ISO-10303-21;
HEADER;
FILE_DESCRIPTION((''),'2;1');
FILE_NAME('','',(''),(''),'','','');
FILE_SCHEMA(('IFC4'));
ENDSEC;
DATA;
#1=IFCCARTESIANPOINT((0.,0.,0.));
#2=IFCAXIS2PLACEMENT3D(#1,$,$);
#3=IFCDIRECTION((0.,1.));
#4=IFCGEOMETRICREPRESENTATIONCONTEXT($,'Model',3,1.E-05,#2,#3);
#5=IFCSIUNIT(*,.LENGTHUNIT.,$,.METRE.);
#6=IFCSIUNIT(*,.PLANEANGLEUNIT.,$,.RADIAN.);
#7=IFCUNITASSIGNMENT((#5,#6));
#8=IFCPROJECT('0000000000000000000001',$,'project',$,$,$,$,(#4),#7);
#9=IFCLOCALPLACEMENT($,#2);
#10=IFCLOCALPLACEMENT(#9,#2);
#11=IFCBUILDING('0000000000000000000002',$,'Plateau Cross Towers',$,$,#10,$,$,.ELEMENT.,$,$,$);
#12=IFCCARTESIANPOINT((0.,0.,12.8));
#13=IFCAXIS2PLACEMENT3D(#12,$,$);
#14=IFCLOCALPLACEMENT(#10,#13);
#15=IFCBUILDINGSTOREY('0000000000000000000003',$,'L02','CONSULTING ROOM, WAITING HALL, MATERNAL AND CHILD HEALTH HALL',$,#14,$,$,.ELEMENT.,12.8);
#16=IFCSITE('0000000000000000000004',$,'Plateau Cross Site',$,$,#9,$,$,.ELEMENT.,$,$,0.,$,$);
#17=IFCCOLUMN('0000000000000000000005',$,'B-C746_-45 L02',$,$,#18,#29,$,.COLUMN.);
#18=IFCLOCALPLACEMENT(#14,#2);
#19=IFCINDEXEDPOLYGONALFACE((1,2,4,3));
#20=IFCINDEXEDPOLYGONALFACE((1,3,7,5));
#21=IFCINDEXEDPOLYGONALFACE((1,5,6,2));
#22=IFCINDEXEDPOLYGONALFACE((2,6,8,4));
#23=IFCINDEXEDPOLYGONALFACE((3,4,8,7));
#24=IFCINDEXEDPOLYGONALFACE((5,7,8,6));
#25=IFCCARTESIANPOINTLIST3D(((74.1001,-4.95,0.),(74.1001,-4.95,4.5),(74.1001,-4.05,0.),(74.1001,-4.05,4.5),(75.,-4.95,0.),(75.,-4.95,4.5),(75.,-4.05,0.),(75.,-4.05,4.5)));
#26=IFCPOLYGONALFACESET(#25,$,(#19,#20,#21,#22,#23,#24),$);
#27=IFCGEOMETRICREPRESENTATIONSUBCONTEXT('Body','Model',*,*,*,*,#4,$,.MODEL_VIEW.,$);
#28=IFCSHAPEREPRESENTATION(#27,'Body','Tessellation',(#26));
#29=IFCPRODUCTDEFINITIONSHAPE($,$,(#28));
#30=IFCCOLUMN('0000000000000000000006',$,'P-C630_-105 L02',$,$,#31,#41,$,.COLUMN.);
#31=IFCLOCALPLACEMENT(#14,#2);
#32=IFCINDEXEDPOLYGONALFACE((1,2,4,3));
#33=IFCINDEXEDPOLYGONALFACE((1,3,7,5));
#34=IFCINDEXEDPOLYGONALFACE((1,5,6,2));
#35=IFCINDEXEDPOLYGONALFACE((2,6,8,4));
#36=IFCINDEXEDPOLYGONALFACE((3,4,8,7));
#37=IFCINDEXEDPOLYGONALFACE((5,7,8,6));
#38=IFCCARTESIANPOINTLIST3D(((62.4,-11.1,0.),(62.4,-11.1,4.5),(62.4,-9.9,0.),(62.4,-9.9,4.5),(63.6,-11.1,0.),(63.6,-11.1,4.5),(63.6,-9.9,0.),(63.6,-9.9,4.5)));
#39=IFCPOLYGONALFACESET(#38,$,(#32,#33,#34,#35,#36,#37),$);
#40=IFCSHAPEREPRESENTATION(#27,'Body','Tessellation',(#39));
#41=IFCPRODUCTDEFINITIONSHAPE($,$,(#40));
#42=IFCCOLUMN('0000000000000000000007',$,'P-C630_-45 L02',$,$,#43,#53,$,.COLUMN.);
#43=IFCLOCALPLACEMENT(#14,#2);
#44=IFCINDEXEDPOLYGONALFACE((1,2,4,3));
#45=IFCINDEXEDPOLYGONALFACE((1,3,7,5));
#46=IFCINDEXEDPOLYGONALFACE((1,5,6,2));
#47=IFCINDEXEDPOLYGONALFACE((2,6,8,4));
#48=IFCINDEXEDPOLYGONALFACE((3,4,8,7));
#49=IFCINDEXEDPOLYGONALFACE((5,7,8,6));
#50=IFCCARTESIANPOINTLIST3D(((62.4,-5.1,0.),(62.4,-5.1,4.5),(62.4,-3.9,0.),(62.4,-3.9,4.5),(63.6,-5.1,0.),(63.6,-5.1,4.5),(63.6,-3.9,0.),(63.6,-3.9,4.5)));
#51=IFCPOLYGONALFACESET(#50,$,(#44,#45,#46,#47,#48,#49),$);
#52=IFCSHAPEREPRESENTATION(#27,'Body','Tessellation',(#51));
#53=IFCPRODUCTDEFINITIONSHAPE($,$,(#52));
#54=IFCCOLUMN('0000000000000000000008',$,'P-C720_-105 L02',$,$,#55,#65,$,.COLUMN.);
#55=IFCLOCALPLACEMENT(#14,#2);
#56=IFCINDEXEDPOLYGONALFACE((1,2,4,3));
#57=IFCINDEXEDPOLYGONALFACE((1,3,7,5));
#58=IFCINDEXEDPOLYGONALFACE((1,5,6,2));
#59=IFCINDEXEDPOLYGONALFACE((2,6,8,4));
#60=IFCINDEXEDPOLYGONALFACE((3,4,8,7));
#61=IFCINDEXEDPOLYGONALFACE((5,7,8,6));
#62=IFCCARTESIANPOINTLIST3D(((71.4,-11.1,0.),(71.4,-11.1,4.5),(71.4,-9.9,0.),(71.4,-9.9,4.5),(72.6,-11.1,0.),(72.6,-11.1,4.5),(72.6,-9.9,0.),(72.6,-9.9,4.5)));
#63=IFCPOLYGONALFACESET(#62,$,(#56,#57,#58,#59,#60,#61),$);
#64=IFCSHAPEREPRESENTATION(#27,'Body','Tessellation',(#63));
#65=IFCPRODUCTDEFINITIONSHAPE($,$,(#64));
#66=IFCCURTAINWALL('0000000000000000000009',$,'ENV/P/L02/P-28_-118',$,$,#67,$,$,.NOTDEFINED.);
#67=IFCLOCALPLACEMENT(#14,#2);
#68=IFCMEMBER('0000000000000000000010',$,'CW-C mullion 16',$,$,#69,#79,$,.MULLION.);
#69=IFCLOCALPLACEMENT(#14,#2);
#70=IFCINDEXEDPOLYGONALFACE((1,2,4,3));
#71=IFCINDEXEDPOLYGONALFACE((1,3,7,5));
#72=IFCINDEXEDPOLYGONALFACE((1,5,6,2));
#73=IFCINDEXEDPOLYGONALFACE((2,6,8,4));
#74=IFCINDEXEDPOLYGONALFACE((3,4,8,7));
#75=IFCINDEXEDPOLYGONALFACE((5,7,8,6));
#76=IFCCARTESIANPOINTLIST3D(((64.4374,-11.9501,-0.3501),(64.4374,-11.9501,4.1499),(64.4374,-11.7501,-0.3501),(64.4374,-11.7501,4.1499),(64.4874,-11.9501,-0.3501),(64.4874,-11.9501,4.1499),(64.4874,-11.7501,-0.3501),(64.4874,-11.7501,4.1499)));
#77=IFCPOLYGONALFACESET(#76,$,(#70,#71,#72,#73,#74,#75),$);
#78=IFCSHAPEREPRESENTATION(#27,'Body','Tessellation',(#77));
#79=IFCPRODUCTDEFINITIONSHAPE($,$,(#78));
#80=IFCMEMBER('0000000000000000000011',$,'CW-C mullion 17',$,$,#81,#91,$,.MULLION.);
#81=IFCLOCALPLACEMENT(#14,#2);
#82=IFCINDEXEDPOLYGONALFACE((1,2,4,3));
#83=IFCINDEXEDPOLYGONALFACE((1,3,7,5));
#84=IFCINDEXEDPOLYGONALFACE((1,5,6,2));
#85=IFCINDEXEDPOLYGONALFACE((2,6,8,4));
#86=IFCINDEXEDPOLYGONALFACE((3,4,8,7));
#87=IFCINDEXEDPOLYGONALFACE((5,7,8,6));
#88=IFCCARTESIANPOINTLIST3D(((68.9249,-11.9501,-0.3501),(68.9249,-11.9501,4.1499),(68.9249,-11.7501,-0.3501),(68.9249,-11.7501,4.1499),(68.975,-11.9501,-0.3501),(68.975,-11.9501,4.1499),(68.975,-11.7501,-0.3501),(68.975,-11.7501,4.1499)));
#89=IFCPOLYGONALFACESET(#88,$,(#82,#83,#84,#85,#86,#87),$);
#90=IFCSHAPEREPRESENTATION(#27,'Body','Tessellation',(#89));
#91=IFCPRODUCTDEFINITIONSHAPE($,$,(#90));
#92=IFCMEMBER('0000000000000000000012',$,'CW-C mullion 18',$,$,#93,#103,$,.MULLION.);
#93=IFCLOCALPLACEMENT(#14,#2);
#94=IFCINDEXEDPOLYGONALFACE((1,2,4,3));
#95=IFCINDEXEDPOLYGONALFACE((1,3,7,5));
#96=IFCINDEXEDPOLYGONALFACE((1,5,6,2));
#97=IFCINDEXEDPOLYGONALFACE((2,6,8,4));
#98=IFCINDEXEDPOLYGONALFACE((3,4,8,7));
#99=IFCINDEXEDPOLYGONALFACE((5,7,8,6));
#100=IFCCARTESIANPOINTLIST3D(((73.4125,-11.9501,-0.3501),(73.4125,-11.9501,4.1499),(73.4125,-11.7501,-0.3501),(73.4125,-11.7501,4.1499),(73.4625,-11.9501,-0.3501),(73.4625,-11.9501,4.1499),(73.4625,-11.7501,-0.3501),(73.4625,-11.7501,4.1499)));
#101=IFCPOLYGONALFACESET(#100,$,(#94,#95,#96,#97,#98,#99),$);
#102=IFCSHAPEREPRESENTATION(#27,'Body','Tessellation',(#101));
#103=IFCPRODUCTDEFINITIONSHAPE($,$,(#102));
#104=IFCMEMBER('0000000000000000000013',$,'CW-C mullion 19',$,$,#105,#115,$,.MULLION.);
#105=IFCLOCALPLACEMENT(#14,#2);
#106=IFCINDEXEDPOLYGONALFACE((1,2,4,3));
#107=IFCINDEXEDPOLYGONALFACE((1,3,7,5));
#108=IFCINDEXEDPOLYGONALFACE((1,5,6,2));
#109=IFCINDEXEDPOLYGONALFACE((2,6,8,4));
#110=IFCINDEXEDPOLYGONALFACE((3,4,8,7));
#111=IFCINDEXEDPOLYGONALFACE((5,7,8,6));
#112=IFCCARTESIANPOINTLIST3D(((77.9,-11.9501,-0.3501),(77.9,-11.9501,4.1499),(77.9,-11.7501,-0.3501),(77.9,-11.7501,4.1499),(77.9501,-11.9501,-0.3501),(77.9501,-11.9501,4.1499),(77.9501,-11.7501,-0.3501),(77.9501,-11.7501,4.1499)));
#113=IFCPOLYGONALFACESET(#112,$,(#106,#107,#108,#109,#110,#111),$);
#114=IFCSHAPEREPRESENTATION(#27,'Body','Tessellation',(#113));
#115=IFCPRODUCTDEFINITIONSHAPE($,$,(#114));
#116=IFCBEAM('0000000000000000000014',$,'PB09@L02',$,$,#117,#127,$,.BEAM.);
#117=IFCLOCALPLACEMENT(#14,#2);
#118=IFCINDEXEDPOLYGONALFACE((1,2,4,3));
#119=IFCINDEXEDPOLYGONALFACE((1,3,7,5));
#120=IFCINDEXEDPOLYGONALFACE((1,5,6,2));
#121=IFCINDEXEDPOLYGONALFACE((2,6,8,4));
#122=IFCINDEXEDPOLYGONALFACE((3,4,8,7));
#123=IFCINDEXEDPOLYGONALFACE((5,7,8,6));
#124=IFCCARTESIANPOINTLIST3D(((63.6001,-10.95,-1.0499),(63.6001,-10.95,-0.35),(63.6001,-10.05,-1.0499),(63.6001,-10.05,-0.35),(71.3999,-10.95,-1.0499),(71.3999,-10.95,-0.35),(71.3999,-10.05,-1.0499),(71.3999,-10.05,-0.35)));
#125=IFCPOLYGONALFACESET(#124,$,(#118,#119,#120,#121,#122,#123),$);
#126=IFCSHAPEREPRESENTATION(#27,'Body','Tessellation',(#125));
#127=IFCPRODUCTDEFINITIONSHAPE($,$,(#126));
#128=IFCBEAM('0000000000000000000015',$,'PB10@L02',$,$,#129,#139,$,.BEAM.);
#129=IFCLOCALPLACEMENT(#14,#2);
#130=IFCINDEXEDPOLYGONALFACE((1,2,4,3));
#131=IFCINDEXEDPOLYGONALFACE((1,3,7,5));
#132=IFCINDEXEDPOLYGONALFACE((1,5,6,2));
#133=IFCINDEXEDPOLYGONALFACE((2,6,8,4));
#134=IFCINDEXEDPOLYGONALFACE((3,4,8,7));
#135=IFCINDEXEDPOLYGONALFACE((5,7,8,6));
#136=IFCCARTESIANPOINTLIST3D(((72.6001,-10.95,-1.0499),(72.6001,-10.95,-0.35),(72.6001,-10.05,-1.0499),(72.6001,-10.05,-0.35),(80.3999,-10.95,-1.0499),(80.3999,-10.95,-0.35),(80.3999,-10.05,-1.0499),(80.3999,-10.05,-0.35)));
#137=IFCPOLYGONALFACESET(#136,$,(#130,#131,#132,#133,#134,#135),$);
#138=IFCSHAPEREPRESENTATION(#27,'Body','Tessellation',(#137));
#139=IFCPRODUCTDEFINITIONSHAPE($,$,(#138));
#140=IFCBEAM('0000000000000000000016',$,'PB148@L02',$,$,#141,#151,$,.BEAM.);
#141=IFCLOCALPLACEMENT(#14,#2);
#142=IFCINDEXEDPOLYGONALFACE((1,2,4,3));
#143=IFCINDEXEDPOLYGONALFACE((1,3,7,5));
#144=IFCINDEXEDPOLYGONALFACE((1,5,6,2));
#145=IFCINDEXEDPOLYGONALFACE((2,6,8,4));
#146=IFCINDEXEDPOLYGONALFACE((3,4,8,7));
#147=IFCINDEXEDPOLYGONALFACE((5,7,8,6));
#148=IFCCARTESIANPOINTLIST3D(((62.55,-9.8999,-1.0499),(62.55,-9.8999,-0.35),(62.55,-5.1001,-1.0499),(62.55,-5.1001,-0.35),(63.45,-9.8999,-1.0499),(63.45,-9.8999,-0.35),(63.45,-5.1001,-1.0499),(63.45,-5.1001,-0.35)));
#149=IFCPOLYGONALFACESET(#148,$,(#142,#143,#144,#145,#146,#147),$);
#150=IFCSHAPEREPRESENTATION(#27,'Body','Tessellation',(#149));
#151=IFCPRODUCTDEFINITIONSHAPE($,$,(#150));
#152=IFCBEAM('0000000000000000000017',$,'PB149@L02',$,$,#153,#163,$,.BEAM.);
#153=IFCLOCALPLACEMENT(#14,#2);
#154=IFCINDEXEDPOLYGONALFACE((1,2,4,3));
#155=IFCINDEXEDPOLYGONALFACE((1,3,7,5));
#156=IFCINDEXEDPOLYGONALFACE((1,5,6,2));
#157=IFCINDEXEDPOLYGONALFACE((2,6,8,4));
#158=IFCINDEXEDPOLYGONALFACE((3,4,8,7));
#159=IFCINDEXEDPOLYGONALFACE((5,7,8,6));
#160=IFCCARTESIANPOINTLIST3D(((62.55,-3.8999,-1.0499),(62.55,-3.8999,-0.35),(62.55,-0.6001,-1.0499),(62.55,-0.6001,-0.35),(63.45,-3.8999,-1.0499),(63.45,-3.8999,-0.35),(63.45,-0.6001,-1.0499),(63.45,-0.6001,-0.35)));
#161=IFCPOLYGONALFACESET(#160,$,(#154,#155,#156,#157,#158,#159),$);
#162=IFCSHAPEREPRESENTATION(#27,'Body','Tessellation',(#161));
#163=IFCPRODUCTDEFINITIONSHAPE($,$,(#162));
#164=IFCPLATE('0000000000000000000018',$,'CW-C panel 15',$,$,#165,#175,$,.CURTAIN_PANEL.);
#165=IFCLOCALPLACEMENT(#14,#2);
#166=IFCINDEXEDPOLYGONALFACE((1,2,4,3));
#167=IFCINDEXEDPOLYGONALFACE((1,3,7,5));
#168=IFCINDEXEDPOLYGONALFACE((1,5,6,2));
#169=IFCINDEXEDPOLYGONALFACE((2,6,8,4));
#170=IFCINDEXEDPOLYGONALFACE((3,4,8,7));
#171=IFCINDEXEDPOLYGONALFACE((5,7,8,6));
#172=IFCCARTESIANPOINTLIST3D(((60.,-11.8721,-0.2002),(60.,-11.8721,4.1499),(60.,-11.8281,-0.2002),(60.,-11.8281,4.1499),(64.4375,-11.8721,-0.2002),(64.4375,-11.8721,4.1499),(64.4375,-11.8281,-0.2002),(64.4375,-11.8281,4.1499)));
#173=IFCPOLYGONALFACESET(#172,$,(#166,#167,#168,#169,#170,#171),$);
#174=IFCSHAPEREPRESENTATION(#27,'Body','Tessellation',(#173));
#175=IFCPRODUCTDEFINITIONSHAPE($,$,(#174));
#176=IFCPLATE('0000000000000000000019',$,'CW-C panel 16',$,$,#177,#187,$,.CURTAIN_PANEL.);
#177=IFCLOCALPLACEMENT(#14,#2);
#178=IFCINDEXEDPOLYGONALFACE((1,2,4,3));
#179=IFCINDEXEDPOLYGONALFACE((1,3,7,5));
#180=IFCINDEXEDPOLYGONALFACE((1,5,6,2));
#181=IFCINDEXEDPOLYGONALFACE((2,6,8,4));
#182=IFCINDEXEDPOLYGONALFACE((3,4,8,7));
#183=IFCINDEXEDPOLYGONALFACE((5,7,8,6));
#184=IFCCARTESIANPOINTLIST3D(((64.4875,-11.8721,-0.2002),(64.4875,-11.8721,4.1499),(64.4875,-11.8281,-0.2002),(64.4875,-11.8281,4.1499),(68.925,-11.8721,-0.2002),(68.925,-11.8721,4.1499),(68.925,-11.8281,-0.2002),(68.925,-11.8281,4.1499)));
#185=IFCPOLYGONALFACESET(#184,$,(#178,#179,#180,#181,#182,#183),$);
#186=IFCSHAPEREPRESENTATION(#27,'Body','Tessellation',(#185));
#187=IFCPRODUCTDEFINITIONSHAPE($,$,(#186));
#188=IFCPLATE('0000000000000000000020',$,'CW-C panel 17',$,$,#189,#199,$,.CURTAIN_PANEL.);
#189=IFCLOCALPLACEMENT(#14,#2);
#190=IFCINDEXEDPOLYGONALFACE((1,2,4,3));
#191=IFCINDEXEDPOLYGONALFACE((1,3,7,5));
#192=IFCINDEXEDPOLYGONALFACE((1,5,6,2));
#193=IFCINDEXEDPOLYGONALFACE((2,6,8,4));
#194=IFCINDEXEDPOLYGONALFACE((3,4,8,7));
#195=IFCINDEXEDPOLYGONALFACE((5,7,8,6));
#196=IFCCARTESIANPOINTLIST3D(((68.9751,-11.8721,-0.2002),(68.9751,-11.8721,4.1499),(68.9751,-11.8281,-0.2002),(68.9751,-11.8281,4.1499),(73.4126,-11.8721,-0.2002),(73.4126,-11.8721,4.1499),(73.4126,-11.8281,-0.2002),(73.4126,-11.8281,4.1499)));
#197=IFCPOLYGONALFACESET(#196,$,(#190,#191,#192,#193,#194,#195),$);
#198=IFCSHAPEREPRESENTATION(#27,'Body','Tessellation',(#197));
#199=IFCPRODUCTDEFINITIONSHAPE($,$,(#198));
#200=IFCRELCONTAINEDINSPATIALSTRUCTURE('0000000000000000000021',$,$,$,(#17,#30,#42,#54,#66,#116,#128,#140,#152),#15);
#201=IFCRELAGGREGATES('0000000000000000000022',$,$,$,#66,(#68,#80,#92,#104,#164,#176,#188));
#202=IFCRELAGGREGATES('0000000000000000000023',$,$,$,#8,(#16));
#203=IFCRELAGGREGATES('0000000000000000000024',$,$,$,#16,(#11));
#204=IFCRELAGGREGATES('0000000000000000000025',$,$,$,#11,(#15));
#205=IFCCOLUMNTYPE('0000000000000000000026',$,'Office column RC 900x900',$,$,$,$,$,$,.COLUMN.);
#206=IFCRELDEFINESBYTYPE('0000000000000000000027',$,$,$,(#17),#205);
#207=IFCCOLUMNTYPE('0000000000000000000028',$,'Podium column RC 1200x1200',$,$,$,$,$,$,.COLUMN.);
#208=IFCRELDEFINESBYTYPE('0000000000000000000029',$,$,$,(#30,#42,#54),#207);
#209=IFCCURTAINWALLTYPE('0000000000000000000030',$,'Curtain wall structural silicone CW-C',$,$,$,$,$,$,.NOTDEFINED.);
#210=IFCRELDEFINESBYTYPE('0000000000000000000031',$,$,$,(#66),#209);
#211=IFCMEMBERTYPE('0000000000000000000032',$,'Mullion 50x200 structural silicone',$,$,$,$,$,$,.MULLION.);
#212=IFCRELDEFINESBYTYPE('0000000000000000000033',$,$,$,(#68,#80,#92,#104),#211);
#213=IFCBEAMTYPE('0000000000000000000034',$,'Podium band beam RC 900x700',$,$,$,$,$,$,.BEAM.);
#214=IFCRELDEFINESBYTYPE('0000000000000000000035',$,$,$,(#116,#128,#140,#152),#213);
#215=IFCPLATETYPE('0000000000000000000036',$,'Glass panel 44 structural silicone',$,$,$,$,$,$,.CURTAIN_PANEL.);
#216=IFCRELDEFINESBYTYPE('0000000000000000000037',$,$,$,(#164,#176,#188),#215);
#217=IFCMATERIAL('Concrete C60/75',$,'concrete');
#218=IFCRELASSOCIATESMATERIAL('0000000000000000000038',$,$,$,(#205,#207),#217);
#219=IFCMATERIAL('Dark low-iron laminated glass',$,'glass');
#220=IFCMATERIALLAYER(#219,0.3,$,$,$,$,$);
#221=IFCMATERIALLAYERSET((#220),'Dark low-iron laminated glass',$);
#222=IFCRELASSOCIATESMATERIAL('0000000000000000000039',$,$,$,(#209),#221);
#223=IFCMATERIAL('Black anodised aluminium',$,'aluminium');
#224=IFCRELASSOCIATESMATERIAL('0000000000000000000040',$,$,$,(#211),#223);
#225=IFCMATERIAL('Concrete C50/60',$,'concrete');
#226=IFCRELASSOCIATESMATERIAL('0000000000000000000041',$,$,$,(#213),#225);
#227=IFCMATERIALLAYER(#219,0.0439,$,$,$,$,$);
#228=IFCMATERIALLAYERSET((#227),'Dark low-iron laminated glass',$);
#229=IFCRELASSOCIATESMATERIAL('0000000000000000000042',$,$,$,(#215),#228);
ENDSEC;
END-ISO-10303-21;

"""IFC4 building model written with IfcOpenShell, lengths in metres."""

from ifc_helpers import new_model, si_unit, direction, frame, origin, origin_2d, place, context, subcontext, project, spatial, rectangle, extrude, material, layer, layer_set, material_profile, profile_set, type_object, element, aggregate, save


model = new_model("IFC4")

# Units and contexts
model_context = context("Model", 3, precision=1e-05, world=origin(), true_north=direction((0.0, 1.0)))
body_context = subcontext(model_context, "Body", "Model", "MODEL_VIEW")
ifc_project = project(units=[si_unit("LENGTHUNIT", "METRE"), si_unit("PLANEANGLEUNIT", "RADIAN")], contexts=[model_context])

# Site, building, storey
site_placement = place(None, origin())
site = spatial("IfcSite", under=ifc_project, at=site_placement, Name="Plateau Cross Site", CompositionType="ELEMENT", RefElevation=0.0)
building_placement = place(site_placement, origin())
building = spatial("IfcBuilding", under=site, at=building_placement, Name="Plateau Cross Towers", CompositionType="ELEMENT")
storey_placement = place(building_placement, frame((0.0, 0.0, 12.8)))
storey = spatial("IfcBuildingStorey", under=building, at=storey_placement, Name="L02", Description="CONSULTING ROOM, WAITING HALL, MATERNAL AND CHILD HEALTH HALL", CompositionType="ELEMENT", Elevation=12.8)

# Columns
ifc_material_1 = material(Name="Concrete C60/75", Category="concrete")
ifc_material_profile_1 = material_profile(ifc_material_1, rectangle(XDim=0.8999, YDim=0.8999, at=origin_2d()), Name="RC 900x900")
ifc_profile_set_1 = profile_set([ifc_material_profile_1], Name="Concrete C60/75")
column_type_1 = type_object("IfcColumnType", Name="Office column RC 900x900", PredefinedType="COLUMN", material=ifc_profile_set_1)
column_placement = place(storey_placement, frame((74.55, -4.5, 0.0), z_axis=(0.0, 0.0, 1.0), x_axis=(1.0, 0.0, 0.0)))
element("IfcColumn", 1, at=column_placement, inside=storey, type_object=column_type_1, Name="B-C746_-45 L02", PredefinedType="COLUMN", context=body_context, shape_type="SweptSolid", body=[
    extrude(rectangle(XDim=0.8999, YDim=0.8999, at=origin_2d()), origin(), (0.0, 0.0, 1.0), 4.5),
])
ifc_material_profile_2 = material_profile(ifc_material_1, rectangle(XDim=1.2, YDim=1.2, at=origin_2d()), Name="RC 1200x1200")
ifc_profile_set_2 = profile_set([ifc_material_profile_2], Name="Concrete C60/75")
column_type_2 = type_object("IfcColumnType", Name="Podium column RC 1200x1200", PredefinedType="COLUMN", material=ifc_profile_set_2)
for number, where, z_axis, x_axis, name in (
    (2, (63.0, -10.5, 0.0), (0.0, 0.0, 1.0), (1.0, 0.0, 0.0), "P-C630_-105 L02"),
    (3, (63.0, -4.5, 0.0), (0.0, 0.0, 1.0), (1.0, 0.0, 0.0), "P-C630_-45 L02"),
    (4, (72.0, -10.5, 0.0), (0.0, 0.0, 1.0), (1.0, 0.0, 0.0), "P-C720_-105 L02"),
):
    element("IfcColumn", number, at=place(storey_placement, frame(where, z_axis=z_axis, x_axis=x_axis)), inside=storey, type_object=column_type_2, Name=name, PredefinedType="COLUMN", context=body_context, shape_type="SweptSolid", body=[
        extrude(rectangle(XDim=1.2, YDim=1.2, at=origin_2d()), origin(), (0.0, 0.0, 1.0), 4.5),
    ])

# Curtain wall, members
ifc_material_2 = material(Name="Dark low-iron laminated glass", Category="glass")
ifc_layer_1 = layer(ifc_material_2, 0.3)
ifc_layer_set_1 = layer_set([ifc_layer_1], Name="Dark low-iron laminated glass")
curtain_wall_type = type_object("IfcCurtainWallType", Name="Curtain wall structural silicone CW-C", PredefinedType="NOTDEFINED", material=ifc_layer_set_1)
curtain_wall_placement = place(storey_placement, origin())
curtain_wall = element("IfcCurtainWall", 5, at=curtain_wall_placement, inside=storey, type_object=curtain_wall_type, Name="ENV/P/L02/P-28_-118", PredefinedType="NOTDEFINED")
ifc_material_3 = material(Name="Black anodised aluminium", Category="aluminium")
ifc_material_profile_3 = material_profile(ifc_material_3, rectangle(XDim=0.05, YDim=0.2, at=origin_2d()), Name="MULLION 50x200")
ifc_profile_set_3 = profile_set([ifc_material_profile_3], Name="Black anodised aluminium")
member_type = type_object("IfcMemberType", Name="Mullion 50x200 structural silicone", PredefinedType="MULLION", material=ifc_profile_set_3)
member_1_placement = place(storey_placement, frame((64.4624, -11.8501, -0.3501), z_axis=(0.0, 0.0, 1.0), x_axis=(1.0, 0.0, 0.0)))
member_1 = element("IfcMember", 6, at=member_1_placement, type_object=member_type, Name="CW-C mullion 16", PredefinedType="MULLION", context=body_context, shape_type="SweptSolid", body=[
    extrude(rectangle(XDim=0.05, YDim=0.2, at=origin_2d()), origin(), (0.0, 0.0, 1.0), 4.5),
])
member_2_placement = place(storey_placement, frame((68.95, -11.8501, -0.3501), z_axis=(0.0, 0.0, 1.0), x_axis=(1.0, 0.0, 0.0)))
member_2 = element("IfcMember", 7, at=member_2_placement, type_object=member_type, Name="CW-C mullion 17", PredefinedType="MULLION", context=body_context, shape_type="SweptSolid", body=[
    extrude(rectangle(XDim=0.05, YDim=0.2, at=origin_2d()), origin(), (0.0, 0.0, 1.0), 4.5),
])
member_3_placement = place(storey_placement, frame((73.4375, -11.8501, -0.3501), z_axis=(0.0, 0.0, 1.0), x_axis=(1.0, 0.0, 0.0)))
member_3 = element("IfcMember", 8, at=member_3_placement, type_object=member_type, Name="CW-C mullion 18", PredefinedType="MULLION", context=body_context, shape_type="SweptSolid", body=[
    extrude(rectangle(XDim=0.05, YDim=0.2, at=origin_2d()), origin(), (0.0, 0.0, 1.0), 4.5),
])
member_4_placement = place(storey_placement, frame((77.925, -11.8501, -0.3501), z_axis=(0.0, 0.0, 1.0), x_axis=(1.0, 0.0, 0.0)))
member_4 = element("IfcMember", 9, at=member_4_placement, type_object=member_type, Name="CW-C mullion 19", PredefinedType="MULLION", context=body_context, shape_type="SweptSolid", body=[
    extrude(rectangle(XDim=0.05, YDim=0.2, at=origin_2d()), origin(), (0.0, 0.0, 1.0), 4.5),
])

# Beams
ifc_material_4 = material(Name="Concrete C50/60", Category="concrete")
ifc_material_profile_4 = material_profile(ifc_material_4, rectangle(XDim=0.8999, YDim=0.7, at=origin_2d()), Name="RC 900x700")
ifc_profile_set_4 = profile_set([ifc_material_profile_4], Name="Concrete C50/60")
beam_type = type_object("IfcBeamType", Name="Podium band beam RC 900x700", PredefinedType="BEAM", material=ifc_profile_set_4)
for number, where, z_axis, x_axis, name in (
    (10, (63.6001, -10.5, -0.7), (1.0, 0.0, 0.0), (0.0, 1.0, 0.0), "PB09@L02"),
    (11, (72.6001, -10.5, -0.7), (1.0, 0.0, 0.0), (0.0, 1.0, 0.0), "PB10@L02"),
):
    element("IfcBeam", number, at=place(storey_placement, frame(where, z_axis=z_axis, x_axis=x_axis)), inside=storey, type_object=beam_type, Name=name, PredefinedType="BEAM", context=body_context, shape_type="SweptSolid", body=[
        extrude(rectangle(XDim=0.8999, YDim=0.7, at=origin_2d()), origin(), (0.0, 0.0, 1.0), 7.7998),
    ])
beam_1_placement = place(storey_placement, frame((63.0, -9.8999, -0.7), z_axis=(0.0, 1.0, 0.0), x_axis=(-1.0, 0.0, 0.0)))
element("IfcBeam", 12, at=beam_1_placement, inside=storey, type_object=beam_type, Name="PB148@L02", PredefinedType="BEAM", context=body_context, shape_type="SweptSolid", body=[
    extrude(rectangle(XDim=0.8999, YDim=0.7, at=origin_2d()), origin(), (0.0, 0.0, 1.0), 4.7998),
])
beam_2_placement = place(storey_placement, frame((63.0, -3.8999, -0.7), z_axis=(0.0, 1.0, 0.0), x_axis=(-1.0, 0.0, 0.0)))
element("IfcBeam", 13, at=beam_2_placement, inside=storey, type_object=beam_type, Name="PB149@L02", PredefinedType="BEAM", context=body_context, shape_type="SweptSolid", body=[
    extrude(rectangle(XDim=0.8999, YDim=0.7, at=origin_2d()), origin(), (0.0, 0.0, 1.0), 3.2998),
])

# Plates
ifc_layer_2 = layer(ifc_material_2, 0.0439)
ifc_layer_set_2 = layer_set([ifc_layer_2], Name="Dark low-iron laminated glass")
plate_type = type_object("IfcPlateType", Name="Glass panel 44 structural silicone", PredefinedType="CURTAIN_PANEL", material=ifc_layer_set_2)
plate_1_placement = place(storey_placement, frame((62.2188, -11.8501, -0.2002), z_axis=(0.0, 0.0, 1.0), x_axis=(1.0, 0.0, 0.0)))
plate_1 = element("IfcPlate", 14, at=plate_1_placement, type_object=plate_type, Name="CW-C panel 15", PredefinedType="CURTAIN_PANEL", context=body_context, shape_type="SweptSolid", body=[
    extrude(rectangle(XDim=4.4375, YDim=0.0439, at=origin_2d()), origin(), (0.0, 0.0, 1.0), 4.3501),
])
plate_2_placement = place(storey_placement, frame((66.7063, -11.8501, -0.2002), z_axis=(0.0, 0.0, 1.0), x_axis=(1.0, 0.0, 0.0)))
plate_2 = element("IfcPlate", 15, at=plate_2_placement, type_object=plate_type, Name="CW-C panel 16", PredefinedType="CURTAIN_PANEL", context=body_context, shape_type="SweptSolid", body=[
    extrude(rectangle(XDim=4.4375, YDim=0.0439, at=origin_2d()), origin(), (0.0, 0.0, 1.0), 4.3501),
])
plate_3_placement = place(storey_placement, frame((71.1938, -11.8501, -0.2002), z_axis=(0.0, 0.0, 1.0), x_axis=(1.0, 0.0, 0.0)))
plate_3 = element("IfcPlate", 16, at=plate_3_placement, type_object=plate_type, Name="CW-C panel 17", PredefinedType="CURTAIN_PANEL", context=body_context, shape_type="SweptSolid", body=[
    extrude(rectangle(XDim=4.4375, YDim=0.0439, at=origin_2d()), origin(), (0.0, 0.0, 1.0), 4.3501),
])
aggregate(curtain_wall, [member_1, member_2, member_3, member_4, plate_1, plate_2, plate_3])

save(model, "model.ifc")
